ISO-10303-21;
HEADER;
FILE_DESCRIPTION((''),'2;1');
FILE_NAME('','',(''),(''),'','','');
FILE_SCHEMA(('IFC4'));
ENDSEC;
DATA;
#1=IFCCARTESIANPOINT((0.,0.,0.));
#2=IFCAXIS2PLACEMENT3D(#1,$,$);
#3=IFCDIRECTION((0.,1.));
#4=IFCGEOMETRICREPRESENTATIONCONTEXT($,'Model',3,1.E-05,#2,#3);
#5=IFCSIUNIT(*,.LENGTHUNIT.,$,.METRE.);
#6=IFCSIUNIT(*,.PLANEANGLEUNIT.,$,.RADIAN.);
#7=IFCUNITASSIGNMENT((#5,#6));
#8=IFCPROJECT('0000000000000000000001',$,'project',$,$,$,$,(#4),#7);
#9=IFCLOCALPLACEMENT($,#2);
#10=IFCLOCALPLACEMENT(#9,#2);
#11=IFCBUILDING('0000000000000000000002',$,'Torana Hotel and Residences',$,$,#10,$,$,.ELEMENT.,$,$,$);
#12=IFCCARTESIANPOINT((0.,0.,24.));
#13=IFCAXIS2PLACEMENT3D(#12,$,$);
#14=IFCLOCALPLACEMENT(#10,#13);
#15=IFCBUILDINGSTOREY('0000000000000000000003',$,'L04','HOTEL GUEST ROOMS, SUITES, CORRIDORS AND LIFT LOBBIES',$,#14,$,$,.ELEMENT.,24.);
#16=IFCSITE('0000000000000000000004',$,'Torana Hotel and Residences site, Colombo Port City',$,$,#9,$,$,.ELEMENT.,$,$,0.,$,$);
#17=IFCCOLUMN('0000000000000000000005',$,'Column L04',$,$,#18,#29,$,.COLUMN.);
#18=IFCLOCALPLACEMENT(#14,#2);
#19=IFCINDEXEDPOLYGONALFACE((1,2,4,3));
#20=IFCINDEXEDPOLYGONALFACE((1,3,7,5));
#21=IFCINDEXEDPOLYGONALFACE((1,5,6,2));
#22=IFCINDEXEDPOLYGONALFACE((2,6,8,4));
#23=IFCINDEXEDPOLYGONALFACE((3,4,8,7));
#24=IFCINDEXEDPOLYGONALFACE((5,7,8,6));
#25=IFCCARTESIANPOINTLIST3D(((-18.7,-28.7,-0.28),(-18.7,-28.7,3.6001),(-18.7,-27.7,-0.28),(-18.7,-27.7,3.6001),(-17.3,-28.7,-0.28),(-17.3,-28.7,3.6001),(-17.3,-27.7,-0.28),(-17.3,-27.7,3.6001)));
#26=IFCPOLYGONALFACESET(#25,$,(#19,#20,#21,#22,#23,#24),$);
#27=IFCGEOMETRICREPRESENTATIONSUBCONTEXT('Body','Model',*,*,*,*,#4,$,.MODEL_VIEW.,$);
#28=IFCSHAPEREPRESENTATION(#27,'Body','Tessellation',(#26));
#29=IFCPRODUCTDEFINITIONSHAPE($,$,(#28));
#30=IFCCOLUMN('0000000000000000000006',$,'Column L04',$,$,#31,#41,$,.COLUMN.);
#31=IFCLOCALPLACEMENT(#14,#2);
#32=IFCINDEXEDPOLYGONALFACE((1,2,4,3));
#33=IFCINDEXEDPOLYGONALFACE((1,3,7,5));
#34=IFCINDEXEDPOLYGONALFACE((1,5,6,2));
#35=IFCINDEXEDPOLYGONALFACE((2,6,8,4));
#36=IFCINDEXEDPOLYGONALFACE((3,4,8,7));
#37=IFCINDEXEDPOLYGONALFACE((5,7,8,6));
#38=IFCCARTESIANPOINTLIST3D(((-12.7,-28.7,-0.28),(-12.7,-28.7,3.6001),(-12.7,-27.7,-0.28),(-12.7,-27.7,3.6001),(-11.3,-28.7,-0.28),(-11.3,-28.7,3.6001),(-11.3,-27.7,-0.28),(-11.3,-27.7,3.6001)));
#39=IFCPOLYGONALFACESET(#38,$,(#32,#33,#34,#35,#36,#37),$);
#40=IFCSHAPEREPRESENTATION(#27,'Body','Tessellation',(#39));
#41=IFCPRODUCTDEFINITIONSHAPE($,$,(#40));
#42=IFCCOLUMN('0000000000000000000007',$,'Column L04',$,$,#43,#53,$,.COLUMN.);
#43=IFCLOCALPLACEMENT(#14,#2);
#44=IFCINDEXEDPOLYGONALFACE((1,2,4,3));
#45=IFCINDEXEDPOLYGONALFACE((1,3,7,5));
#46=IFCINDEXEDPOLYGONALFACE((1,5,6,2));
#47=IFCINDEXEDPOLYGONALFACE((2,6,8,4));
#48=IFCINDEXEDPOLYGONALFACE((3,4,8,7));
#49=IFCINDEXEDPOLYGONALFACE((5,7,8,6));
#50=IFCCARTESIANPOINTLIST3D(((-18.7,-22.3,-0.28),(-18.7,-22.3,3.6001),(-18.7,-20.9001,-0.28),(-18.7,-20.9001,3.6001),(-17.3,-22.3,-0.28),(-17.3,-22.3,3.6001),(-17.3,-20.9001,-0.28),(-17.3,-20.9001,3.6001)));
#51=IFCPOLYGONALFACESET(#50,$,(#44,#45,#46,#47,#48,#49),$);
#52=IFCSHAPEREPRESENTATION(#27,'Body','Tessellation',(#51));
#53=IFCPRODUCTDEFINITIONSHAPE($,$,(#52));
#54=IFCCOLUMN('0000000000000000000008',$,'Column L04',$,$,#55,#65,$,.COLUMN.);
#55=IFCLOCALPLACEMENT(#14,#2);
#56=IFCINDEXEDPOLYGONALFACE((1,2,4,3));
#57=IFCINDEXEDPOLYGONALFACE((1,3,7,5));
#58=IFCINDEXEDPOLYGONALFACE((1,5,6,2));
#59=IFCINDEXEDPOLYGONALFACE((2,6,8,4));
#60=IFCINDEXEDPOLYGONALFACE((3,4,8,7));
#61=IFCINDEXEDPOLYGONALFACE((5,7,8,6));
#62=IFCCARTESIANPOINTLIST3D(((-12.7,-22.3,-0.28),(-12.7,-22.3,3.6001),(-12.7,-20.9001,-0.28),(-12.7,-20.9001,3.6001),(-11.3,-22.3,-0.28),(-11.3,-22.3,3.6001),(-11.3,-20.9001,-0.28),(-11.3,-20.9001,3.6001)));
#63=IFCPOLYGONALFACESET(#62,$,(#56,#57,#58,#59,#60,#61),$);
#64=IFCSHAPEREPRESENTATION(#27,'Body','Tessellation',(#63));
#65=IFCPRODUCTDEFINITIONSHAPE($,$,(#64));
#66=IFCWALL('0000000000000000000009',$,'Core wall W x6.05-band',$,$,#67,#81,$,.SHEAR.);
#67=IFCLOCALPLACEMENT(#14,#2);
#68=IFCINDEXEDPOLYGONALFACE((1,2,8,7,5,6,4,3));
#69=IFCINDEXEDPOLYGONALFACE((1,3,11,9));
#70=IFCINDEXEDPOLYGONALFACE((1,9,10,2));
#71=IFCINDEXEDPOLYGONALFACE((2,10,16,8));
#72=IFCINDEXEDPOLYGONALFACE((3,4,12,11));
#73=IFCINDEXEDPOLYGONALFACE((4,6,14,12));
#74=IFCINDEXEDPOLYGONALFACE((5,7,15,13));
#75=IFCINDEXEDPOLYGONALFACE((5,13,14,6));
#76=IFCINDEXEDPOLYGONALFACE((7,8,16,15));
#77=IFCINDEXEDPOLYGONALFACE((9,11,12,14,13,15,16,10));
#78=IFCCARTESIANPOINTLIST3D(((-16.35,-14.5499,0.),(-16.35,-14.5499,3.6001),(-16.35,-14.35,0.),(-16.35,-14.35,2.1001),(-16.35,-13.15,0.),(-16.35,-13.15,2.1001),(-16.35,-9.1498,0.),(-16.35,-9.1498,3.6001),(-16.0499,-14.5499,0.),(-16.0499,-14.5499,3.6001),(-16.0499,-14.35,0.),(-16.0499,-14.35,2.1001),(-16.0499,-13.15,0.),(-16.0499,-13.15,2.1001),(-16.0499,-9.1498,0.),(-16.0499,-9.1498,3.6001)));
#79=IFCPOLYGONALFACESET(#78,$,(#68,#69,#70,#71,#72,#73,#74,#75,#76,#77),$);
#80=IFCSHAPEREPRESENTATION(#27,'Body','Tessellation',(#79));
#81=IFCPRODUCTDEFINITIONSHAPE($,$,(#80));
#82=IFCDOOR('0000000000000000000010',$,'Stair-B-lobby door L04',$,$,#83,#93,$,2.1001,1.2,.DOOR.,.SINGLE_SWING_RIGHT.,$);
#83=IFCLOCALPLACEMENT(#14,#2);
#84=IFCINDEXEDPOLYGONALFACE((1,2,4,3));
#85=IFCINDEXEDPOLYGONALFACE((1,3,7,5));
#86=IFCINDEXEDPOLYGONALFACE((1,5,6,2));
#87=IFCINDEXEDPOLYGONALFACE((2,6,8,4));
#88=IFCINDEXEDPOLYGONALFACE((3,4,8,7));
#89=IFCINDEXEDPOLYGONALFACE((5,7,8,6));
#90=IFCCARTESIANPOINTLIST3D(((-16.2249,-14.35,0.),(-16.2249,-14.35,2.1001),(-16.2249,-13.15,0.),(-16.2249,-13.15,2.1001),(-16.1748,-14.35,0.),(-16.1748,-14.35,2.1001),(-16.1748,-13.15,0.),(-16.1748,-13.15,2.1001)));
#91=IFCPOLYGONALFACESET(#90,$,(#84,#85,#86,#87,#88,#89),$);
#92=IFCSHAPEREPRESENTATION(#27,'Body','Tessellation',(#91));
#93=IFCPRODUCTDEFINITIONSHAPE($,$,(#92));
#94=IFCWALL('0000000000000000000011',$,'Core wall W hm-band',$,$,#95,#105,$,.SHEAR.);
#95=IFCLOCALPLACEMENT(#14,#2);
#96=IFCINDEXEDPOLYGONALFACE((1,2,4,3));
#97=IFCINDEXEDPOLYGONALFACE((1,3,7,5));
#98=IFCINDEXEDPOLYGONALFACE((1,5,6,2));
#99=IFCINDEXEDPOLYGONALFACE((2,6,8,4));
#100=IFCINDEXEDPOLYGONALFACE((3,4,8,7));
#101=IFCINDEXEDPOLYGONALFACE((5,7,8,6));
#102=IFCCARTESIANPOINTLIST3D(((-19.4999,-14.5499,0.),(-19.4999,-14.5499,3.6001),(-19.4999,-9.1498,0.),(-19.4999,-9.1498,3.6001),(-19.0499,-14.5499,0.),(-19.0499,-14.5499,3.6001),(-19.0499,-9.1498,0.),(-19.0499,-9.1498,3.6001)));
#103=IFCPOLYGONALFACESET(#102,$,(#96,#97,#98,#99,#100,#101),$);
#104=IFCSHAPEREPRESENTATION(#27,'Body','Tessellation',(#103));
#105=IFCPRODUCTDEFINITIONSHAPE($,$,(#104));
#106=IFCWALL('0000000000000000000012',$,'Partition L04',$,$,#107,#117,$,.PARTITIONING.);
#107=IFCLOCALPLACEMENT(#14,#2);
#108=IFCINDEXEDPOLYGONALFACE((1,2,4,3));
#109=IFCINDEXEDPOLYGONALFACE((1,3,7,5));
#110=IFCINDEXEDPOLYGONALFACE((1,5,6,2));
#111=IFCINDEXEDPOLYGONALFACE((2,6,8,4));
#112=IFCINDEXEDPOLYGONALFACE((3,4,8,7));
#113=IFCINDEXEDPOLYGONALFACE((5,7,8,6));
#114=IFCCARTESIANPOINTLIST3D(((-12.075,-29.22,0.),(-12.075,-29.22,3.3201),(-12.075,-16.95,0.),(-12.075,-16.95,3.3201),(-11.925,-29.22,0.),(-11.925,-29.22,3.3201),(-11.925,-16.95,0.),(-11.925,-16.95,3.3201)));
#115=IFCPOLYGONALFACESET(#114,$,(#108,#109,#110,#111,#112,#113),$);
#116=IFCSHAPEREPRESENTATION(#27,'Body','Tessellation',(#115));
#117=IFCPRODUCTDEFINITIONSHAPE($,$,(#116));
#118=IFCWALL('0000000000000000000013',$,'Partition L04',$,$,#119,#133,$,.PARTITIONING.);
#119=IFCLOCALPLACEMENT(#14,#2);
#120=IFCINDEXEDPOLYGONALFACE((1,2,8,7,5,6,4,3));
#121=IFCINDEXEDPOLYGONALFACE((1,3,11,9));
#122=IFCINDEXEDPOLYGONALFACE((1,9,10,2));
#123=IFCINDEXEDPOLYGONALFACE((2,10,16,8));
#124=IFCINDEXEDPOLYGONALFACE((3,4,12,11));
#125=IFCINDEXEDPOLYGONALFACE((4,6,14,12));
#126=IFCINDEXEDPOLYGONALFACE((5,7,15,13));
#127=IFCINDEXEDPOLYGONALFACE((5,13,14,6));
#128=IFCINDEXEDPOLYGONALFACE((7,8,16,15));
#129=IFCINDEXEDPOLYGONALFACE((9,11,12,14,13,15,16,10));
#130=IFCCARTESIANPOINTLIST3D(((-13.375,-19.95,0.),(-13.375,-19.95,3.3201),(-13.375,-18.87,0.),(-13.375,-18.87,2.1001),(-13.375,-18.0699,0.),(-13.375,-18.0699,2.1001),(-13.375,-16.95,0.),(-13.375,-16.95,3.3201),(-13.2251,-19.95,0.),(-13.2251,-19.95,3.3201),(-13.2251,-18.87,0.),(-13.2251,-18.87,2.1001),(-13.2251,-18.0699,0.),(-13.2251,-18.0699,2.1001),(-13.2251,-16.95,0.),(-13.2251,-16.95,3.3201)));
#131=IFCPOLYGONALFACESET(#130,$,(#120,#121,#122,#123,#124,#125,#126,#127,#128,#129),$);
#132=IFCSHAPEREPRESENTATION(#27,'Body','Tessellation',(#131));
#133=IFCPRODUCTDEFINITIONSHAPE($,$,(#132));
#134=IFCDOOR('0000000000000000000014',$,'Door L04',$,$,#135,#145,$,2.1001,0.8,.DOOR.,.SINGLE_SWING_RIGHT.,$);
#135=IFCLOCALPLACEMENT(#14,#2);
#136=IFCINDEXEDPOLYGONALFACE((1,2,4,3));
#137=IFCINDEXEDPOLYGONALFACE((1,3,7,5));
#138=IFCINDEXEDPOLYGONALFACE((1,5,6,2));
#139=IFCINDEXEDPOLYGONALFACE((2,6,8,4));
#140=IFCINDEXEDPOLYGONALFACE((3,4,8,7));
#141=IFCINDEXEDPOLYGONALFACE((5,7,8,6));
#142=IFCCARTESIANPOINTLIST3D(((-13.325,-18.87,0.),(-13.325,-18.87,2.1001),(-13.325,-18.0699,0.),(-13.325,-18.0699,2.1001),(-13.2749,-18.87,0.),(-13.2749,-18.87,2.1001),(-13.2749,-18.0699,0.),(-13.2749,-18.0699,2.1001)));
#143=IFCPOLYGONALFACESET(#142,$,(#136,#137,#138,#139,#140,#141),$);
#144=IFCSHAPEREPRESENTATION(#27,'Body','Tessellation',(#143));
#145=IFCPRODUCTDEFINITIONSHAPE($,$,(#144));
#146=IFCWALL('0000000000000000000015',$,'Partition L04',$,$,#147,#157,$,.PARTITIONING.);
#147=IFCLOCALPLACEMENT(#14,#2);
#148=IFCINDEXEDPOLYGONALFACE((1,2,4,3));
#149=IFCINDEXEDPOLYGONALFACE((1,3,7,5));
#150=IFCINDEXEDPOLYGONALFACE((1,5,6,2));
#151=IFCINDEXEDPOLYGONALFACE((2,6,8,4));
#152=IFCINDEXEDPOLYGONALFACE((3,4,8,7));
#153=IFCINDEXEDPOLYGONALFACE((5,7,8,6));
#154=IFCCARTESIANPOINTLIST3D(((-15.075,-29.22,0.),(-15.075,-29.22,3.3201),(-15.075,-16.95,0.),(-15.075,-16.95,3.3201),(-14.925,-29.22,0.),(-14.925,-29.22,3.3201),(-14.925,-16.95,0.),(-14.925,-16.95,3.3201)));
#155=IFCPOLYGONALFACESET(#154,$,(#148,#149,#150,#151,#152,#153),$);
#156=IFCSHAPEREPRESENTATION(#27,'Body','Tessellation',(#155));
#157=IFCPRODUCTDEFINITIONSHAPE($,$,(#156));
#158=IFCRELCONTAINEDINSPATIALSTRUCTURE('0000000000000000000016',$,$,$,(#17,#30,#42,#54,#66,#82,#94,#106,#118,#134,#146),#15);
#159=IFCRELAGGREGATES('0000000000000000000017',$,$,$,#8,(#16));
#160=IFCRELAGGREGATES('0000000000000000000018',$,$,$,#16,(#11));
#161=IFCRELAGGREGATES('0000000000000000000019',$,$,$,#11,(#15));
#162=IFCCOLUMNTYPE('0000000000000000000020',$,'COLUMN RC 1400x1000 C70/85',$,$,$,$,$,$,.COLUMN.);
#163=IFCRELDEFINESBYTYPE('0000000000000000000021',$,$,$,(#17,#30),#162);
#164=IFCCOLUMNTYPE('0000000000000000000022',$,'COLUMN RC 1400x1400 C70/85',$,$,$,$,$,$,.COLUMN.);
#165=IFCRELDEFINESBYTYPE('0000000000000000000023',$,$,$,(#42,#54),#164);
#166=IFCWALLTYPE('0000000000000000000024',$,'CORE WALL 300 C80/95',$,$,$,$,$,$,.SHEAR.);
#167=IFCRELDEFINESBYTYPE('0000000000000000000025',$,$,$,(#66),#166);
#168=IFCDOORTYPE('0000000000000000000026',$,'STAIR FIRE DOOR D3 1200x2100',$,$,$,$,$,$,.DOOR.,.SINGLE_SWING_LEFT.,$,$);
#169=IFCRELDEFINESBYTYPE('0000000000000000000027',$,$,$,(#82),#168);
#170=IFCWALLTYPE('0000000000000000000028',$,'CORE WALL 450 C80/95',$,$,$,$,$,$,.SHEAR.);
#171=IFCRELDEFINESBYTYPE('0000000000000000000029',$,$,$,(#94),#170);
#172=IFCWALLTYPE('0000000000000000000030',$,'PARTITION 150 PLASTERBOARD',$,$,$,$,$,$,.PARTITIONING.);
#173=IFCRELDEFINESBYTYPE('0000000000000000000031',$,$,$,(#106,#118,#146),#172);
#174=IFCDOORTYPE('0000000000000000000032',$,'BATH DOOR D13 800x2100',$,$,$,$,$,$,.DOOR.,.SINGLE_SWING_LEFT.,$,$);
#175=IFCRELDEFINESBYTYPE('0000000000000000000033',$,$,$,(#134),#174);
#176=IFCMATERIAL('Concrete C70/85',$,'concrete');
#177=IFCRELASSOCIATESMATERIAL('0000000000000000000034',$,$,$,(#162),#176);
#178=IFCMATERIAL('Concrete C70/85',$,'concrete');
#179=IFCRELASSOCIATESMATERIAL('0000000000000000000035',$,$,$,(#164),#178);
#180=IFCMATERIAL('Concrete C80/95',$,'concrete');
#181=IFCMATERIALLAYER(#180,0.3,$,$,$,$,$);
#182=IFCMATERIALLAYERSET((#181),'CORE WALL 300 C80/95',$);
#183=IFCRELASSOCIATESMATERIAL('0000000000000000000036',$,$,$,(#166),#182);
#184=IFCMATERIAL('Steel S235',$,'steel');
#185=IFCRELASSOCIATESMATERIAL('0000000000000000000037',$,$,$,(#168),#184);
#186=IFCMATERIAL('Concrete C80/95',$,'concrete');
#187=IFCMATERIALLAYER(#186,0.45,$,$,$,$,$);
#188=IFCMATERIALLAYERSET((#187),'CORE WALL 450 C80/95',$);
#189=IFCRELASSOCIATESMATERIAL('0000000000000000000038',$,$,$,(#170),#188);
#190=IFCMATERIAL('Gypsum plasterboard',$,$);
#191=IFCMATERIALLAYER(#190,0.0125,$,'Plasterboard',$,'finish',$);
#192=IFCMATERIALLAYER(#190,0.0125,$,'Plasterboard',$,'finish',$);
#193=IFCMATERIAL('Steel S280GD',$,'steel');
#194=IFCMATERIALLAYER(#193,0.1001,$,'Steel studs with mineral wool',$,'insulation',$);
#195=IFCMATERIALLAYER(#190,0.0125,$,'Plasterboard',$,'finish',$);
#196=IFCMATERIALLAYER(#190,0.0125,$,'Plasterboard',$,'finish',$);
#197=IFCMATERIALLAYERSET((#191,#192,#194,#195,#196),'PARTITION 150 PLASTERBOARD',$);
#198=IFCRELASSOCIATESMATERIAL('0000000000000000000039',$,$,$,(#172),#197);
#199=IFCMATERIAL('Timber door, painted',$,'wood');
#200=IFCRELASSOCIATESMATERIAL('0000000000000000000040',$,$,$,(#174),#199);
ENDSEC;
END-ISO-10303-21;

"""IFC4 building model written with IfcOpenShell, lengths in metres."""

from ifc_helpers import new_model, si_unit, direction, frame, frame_2d, origin, origin_2d, place, context, subcontext, project, spatial, rectangle, extrude, material, layer, layer_set, material_profile, profile_set, type_object, element, fill, save


model = new_model("IFC4")

# Units and contexts
model_context = context("Model", 3, precision=1e-05, world=origin(), true_north=direction((0.0, 1.0)))
body_context = subcontext(model_context, "Body", "Model", "MODEL_VIEW")
ifc_project = project(units=[si_unit("LENGTHUNIT", "METRE"), si_unit("PLANEANGLEUNIT", "RADIAN")], contexts=[model_context])

# Site, building, storey
site_placement = place(None, origin())
site = spatial("IfcSite", under=ifc_project, at=site_placement, Name="Torana Hotel and Residences site, Colombo Port City", CompositionType="ELEMENT", RefElevation=0.0)
building_placement = place(site_placement, origin())
building = spatial("IfcBuilding", under=site, at=building_placement, Name="Torana Hotel and Residences", CompositionType="ELEMENT")
storey_placement = place(building_placement, frame((0.0, 0.0, 24.0)))
storey = spatial("IfcBuildingStorey", under=building, at=storey_placement, Name="L04", Description="HOTEL GUEST ROOMS, SUITES, CORRIDORS AND LIFT LOBBIES", CompositionType="ELEMENT", Elevation=24.0)

# Columns
ifc_material_1 = material(Name="Concrete C70/85", Category="concrete")
ifc_material_profile_1 = material_profile(ifc_material_1, rectangle(XDim=1.3999, YDim=1.0, at=origin_2d()), Name="RC 1400x1000")
ifc_profile_set_1 = profile_set([ifc_material_profile_1], Name="Concrete C70/85")
column_type_1 = type_object("IfcColumnType", Name="COLUMN RC 1400x1000 C70/85", PredefinedType="COLUMN", material=ifc_profile_set_1)
for number, where, z_axis, x_axis, name in (
    (1, (-18.0, -28.2, -0.28), (0.0, 0.0, 1.0), (1.0, 0.0, 0.0), "Column L04"),
    (2, (-12.0, -28.2, -0.28), (0.0, 0.0, 1.0), (1.0, 0.0, 0.0), "Column L04"),
):
    element("IfcColumn", number, at=place(storey_placement, frame(where, z_axis=z_axis, x_axis=x_axis)), inside=storey, type_object=column_type_1, Name=name, PredefinedType="COLUMN", context=body_context, shape_type="SweptSolid", body=[
        extrude(rectangle(XDim=1.3999, YDim=1.0, at=origin_2d()), origin(), (0.0, 0.0, 1.0), 3.8801),
    ])
ifc_material_2 = material(Name="Concrete C70/85", Category="concrete")
ifc_material_profile_2 = material_profile(ifc_material_2, rectangle(XDim=1.3999, YDim=1.3999, at=origin_2d()), Name="RC 1400x1400")
ifc_profile_set_2 = profile_set([ifc_material_profile_2], Name="Concrete C70/85")
column_type_2 = type_object("IfcColumnType", Name="COLUMN RC 1400x1400 C70/85", PredefinedType="COLUMN", material=ifc_profile_set_2)
for number, where, z_axis, x_axis, name in (
    (3, (-18.0, -21.6001, -0.28), (0.0, 0.0, 1.0), (1.0, 0.0, 0.0), "Column L04"),
    (4, (-12.0, -21.6001, -0.28), (0.0, 0.0, 1.0), (1.0, 0.0, 0.0), "Column L04"),
):
    element("IfcColumn", number, at=place(storey_placement, frame(where, z_axis=z_axis, x_axis=x_axis)), inside=storey, type_object=column_type_2, Name=name, PredefinedType="COLUMN", context=body_context, shape_type="SweptSolid", body=[
        extrude(rectangle(XDim=1.3999, YDim=1.3999, at=origin_2d()), origin(), (0.0, 0.0, 1.0), 3.8801),
    ])

# Wall, opening, door
ifc_material_3 = material(Name="Concrete C80/95", Category="concrete")
ifc_layer_1 = layer(ifc_material_3, 0.3)
ifc_layer_set_1 = layer_set([ifc_layer_1], Name="CORE WALL 300 C80/95")
wall_type_1 = type_object("IfcWallType", Name="CORE WALL 300 C80/95", PredefinedType="SHEAR", material=ifc_layer_set_1)
wall_1_placement = place(storey_placement, frame((-16.2, -14.55, 0.0), z_axis=(0.0, 0.0, 1.0), x_axis=(0.0, 1.0, 0.0)))
wall_1 = element("IfcWall", 5, at=wall_1_placement, inside=storey, type_object=wall_type_1, Name="Core wall W x6.05-band", PredefinedType="SHEAR", context=body_context, shape_type="SweptSolid", body=[
    extrude(rectangle(XDim=5.4001, YDim=0.3, at=frame_2d((2.7002, 0.0))), origin(), (0.0, 0.0, 1.0), 3.6001),
])
opening_1_placement = place(wall_1_placement, frame((0.2, 0.0, 0.0)))
opening_1 = element("IfcOpeningElement", 6, at=opening_1_placement, cuts=wall_1, PredefinedType="OPENING", context=body_context, shape_type="SweptSolid", body=[
    extrude(rectangle(XDim=1.2, YDim=2.1001, at=frame_2d((0.6001, 1.05))), frame((0.0, 0.1599, 0.0), z_axis=(0.0, -1.0, 0.0), x_axis=(1.0, 0.0, 0.0)), (0.0, 0.0, 1.0), 0.3201),
])
ifc_material_4 = material(Name="Steel S235", Category="steel")
door_type_1 = type_object("IfcDoorType", Name="STAIR FIRE DOOR D3 1200x2100", OperationType="SINGLE_SWING_LEFT", PredefinedType="DOOR", material=ifc_material_4)
door_1_placement = place(opening_1_placement, origin())
door_1 = element("IfcDoor", 7, at=door_1_placement, inside=storey, type_object=door_type_1, Name="Stair-B-lobby door L04", OperationType="SINGLE_SWING_RIGHT", OverallHeight=2.1001, OverallWidth=1.2, PredefinedType="DOOR", context=body_context, shape_type="SweptSolid", body=[
    extrude(rectangle(XDim=1.2, YDim=2.1001, at=frame_2d((0.6001, 1.05))), frame((0.0, 0.0249, 0.0), z_axis=(0.0, -1.0, 0.0), x_axis=(1.0, 0.0, 0.0)), (0.0, 0.0, 1.0), 0.05),
])
fill(opening_1, door_1)

# Walls
ifc_material_5 = material(Name="Concrete C80/95", Category="concrete")
ifc_layer_2 = layer(ifc_material_5, 0.45)
ifc_layer_set_2 = layer_set([ifc_layer_2], Name="CORE WALL 450 C80/95")
wall_type_2 = type_object("IfcWallType", Name="CORE WALL 450 C80/95", PredefinedType="SHEAR", material=ifc_layer_set_2)
wall_2_placement = place(storey_placement, frame((-19.2749, -14.55, 0.0), z_axis=(0.0, 0.0, 1.0), x_axis=(0.0, 1.0, 0.0)))
element("IfcWall", 8, at=wall_2_placement, inside=storey, type_object=wall_type_2, Name="Core wall W hm-band", PredefinedType="SHEAR", context=body_context, shape_type="SweptSolid", body=[
    extrude(rectangle(XDim=5.4001, YDim=0.45, at=frame_2d((2.7002, 0.0))), origin(), (0.0, 0.0, 1.0), 3.6001),
])
ifc_material_6 = material(Name="Gypsum plasterboard")
ifc_layer_3 = layer(ifc_material_6, 0.0125, Name="Plasterboard", Category="finish")
ifc_layer_4 = layer(ifc_material_6, 0.0125, Name="Plasterboard", Category="finish")
ifc_material_7 = material(Name="Steel S280GD", Category="steel")
ifc_layer_5 = layer(ifc_material_7, 0.1001, Name="Steel studs with mineral wool", Category="insulation")
ifc_layer_6 = layer(ifc_material_6, 0.0125, Name="Plasterboard", Category="finish")
ifc_layer_7 = layer(ifc_material_6, 0.0125, Name="Plasterboard", Category="finish")
ifc_layer_set_3 = layer_set([ifc_layer_3, ifc_layer_4, ifc_layer_5, ifc_layer_6, ifc_layer_7], Name="PARTITION 150 PLASTERBOARD")
wall_type_3 = type_object("IfcWallType", Name="PARTITION 150 PLASTERBOARD", PredefinedType="PARTITIONING", material=ifc_layer_set_3)
wall_3_placement = place(storey_placement, frame((-12.0, -29.22, 0.0), z_axis=(0.0, 0.0, 1.0), x_axis=(0.0, 1.0, 0.0)))
element("IfcWall", 9, at=wall_3_placement, inside=storey, type_object=wall_type_3, Name="Partition L04", PredefinedType="PARTITIONING", context=body_context, shape_type="SweptSolid", body=[
    extrude(rectangle(XDim=12.27, YDim=0.1499, at=frame_2d((6.135, 0.0))), origin(), (0.0, 0.0, 1.0), 3.3201),
])

# Wall, opening, door
wall_4_placement = place(storey_placement, frame((-13.3, -19.95, 0.0), z_axis=(0.0, 0.0, 1.0), x_axis=(0.0, 1.0, 0.0)))
wall_4 = element("IfcWall", 10, at=wall_4_placement, inside=storey, type_object=wall_type_3, Name="Partition L04", PredefinedType="PARTITIONING", context=body_context, shape_type="SweptSolid", body=[
    extrude(rectangle(XDim=3.0, YDim=0.1499, at=frame_2d((1.5, 0.0))), origin(), (0.0, 0.0, 1.0), 3.3201),
])
opening_2_placement = place(wall_4_placement, frame((1.0801, 0.0, 0.0)))
opening_2 = element("IfcOpeningElement", 11, at=opening_2_placement, cuts=wall_4, PredefinedType="OPENING", context=body_context, shape_type="SweptSolid", body=[
    extrude(rectangle(XDim=0.8, YDim=2.1001, at=frame_2d((0.3999, 1.05))), frame((0.0, 0.085, 0.0), z_axis=(0.0, -1.0, 0.0), x_axis=(1.0, 0.0, 0.0)), (0.0, 0.0, 1.0), 0.1699),
])
ifc_material_8 = material(Name="Timber door, painted", Category="wood")
door_type_2 = type_object("IfcDoorType", Name="BATH DOOR D13 800x2100", OperationType="SINGLE_SWING_LEFT", PredefinedType="DOOR", material=ifc_material_8)
door_2_placement = place(opening_2_placement, origin())
door_2 = element("IfcDoor", 12, at=door_2_placement, inside=storey, type_object=door_type_2, Name="Door L04", OperationType="SINGLE_SWING_RIGHT", OverallHeight=2.1001, OverallWidth=0.8, PredefinedType="DOOR", context=body_context, shape_type="SweptSolid", body=[
    extrude(rectangle(XDim=0.8, YDim=2.1001, at=frame_2d((0.3999, 1.05))), frame((0.0, 0.0249, 0.0), z_axis=(0.0, -1.0, 0.0), x_axis=(1.0, 0.0, 0.0)), (0.0, 0.0, 1.0), 0.05),
])
fill(opening_2, door_2)

# Wall
wall_5_placement = place(storey_placement, frame((-15.0, -29.22, 0.0), z_axis=(0.0, 0.0, 1.0), x_axis=(0.0, 1.0, 0.0)))
element("IfcWall", 13, at=wall_5_placement, inside=storey, type_object=wall_type_3, Name="Partition L04", PredefinedType="PARTITIONING", context=body_context, shape_type="SweptSolid", body=[
    extrude(rectangle(XDim=12.27, YDim=0.1499, at=frame_2d((6.135, 0.0))), origin(), (0.0, 0.0, 1.0), 3.3201),
])

save(model, "model.ifc")
